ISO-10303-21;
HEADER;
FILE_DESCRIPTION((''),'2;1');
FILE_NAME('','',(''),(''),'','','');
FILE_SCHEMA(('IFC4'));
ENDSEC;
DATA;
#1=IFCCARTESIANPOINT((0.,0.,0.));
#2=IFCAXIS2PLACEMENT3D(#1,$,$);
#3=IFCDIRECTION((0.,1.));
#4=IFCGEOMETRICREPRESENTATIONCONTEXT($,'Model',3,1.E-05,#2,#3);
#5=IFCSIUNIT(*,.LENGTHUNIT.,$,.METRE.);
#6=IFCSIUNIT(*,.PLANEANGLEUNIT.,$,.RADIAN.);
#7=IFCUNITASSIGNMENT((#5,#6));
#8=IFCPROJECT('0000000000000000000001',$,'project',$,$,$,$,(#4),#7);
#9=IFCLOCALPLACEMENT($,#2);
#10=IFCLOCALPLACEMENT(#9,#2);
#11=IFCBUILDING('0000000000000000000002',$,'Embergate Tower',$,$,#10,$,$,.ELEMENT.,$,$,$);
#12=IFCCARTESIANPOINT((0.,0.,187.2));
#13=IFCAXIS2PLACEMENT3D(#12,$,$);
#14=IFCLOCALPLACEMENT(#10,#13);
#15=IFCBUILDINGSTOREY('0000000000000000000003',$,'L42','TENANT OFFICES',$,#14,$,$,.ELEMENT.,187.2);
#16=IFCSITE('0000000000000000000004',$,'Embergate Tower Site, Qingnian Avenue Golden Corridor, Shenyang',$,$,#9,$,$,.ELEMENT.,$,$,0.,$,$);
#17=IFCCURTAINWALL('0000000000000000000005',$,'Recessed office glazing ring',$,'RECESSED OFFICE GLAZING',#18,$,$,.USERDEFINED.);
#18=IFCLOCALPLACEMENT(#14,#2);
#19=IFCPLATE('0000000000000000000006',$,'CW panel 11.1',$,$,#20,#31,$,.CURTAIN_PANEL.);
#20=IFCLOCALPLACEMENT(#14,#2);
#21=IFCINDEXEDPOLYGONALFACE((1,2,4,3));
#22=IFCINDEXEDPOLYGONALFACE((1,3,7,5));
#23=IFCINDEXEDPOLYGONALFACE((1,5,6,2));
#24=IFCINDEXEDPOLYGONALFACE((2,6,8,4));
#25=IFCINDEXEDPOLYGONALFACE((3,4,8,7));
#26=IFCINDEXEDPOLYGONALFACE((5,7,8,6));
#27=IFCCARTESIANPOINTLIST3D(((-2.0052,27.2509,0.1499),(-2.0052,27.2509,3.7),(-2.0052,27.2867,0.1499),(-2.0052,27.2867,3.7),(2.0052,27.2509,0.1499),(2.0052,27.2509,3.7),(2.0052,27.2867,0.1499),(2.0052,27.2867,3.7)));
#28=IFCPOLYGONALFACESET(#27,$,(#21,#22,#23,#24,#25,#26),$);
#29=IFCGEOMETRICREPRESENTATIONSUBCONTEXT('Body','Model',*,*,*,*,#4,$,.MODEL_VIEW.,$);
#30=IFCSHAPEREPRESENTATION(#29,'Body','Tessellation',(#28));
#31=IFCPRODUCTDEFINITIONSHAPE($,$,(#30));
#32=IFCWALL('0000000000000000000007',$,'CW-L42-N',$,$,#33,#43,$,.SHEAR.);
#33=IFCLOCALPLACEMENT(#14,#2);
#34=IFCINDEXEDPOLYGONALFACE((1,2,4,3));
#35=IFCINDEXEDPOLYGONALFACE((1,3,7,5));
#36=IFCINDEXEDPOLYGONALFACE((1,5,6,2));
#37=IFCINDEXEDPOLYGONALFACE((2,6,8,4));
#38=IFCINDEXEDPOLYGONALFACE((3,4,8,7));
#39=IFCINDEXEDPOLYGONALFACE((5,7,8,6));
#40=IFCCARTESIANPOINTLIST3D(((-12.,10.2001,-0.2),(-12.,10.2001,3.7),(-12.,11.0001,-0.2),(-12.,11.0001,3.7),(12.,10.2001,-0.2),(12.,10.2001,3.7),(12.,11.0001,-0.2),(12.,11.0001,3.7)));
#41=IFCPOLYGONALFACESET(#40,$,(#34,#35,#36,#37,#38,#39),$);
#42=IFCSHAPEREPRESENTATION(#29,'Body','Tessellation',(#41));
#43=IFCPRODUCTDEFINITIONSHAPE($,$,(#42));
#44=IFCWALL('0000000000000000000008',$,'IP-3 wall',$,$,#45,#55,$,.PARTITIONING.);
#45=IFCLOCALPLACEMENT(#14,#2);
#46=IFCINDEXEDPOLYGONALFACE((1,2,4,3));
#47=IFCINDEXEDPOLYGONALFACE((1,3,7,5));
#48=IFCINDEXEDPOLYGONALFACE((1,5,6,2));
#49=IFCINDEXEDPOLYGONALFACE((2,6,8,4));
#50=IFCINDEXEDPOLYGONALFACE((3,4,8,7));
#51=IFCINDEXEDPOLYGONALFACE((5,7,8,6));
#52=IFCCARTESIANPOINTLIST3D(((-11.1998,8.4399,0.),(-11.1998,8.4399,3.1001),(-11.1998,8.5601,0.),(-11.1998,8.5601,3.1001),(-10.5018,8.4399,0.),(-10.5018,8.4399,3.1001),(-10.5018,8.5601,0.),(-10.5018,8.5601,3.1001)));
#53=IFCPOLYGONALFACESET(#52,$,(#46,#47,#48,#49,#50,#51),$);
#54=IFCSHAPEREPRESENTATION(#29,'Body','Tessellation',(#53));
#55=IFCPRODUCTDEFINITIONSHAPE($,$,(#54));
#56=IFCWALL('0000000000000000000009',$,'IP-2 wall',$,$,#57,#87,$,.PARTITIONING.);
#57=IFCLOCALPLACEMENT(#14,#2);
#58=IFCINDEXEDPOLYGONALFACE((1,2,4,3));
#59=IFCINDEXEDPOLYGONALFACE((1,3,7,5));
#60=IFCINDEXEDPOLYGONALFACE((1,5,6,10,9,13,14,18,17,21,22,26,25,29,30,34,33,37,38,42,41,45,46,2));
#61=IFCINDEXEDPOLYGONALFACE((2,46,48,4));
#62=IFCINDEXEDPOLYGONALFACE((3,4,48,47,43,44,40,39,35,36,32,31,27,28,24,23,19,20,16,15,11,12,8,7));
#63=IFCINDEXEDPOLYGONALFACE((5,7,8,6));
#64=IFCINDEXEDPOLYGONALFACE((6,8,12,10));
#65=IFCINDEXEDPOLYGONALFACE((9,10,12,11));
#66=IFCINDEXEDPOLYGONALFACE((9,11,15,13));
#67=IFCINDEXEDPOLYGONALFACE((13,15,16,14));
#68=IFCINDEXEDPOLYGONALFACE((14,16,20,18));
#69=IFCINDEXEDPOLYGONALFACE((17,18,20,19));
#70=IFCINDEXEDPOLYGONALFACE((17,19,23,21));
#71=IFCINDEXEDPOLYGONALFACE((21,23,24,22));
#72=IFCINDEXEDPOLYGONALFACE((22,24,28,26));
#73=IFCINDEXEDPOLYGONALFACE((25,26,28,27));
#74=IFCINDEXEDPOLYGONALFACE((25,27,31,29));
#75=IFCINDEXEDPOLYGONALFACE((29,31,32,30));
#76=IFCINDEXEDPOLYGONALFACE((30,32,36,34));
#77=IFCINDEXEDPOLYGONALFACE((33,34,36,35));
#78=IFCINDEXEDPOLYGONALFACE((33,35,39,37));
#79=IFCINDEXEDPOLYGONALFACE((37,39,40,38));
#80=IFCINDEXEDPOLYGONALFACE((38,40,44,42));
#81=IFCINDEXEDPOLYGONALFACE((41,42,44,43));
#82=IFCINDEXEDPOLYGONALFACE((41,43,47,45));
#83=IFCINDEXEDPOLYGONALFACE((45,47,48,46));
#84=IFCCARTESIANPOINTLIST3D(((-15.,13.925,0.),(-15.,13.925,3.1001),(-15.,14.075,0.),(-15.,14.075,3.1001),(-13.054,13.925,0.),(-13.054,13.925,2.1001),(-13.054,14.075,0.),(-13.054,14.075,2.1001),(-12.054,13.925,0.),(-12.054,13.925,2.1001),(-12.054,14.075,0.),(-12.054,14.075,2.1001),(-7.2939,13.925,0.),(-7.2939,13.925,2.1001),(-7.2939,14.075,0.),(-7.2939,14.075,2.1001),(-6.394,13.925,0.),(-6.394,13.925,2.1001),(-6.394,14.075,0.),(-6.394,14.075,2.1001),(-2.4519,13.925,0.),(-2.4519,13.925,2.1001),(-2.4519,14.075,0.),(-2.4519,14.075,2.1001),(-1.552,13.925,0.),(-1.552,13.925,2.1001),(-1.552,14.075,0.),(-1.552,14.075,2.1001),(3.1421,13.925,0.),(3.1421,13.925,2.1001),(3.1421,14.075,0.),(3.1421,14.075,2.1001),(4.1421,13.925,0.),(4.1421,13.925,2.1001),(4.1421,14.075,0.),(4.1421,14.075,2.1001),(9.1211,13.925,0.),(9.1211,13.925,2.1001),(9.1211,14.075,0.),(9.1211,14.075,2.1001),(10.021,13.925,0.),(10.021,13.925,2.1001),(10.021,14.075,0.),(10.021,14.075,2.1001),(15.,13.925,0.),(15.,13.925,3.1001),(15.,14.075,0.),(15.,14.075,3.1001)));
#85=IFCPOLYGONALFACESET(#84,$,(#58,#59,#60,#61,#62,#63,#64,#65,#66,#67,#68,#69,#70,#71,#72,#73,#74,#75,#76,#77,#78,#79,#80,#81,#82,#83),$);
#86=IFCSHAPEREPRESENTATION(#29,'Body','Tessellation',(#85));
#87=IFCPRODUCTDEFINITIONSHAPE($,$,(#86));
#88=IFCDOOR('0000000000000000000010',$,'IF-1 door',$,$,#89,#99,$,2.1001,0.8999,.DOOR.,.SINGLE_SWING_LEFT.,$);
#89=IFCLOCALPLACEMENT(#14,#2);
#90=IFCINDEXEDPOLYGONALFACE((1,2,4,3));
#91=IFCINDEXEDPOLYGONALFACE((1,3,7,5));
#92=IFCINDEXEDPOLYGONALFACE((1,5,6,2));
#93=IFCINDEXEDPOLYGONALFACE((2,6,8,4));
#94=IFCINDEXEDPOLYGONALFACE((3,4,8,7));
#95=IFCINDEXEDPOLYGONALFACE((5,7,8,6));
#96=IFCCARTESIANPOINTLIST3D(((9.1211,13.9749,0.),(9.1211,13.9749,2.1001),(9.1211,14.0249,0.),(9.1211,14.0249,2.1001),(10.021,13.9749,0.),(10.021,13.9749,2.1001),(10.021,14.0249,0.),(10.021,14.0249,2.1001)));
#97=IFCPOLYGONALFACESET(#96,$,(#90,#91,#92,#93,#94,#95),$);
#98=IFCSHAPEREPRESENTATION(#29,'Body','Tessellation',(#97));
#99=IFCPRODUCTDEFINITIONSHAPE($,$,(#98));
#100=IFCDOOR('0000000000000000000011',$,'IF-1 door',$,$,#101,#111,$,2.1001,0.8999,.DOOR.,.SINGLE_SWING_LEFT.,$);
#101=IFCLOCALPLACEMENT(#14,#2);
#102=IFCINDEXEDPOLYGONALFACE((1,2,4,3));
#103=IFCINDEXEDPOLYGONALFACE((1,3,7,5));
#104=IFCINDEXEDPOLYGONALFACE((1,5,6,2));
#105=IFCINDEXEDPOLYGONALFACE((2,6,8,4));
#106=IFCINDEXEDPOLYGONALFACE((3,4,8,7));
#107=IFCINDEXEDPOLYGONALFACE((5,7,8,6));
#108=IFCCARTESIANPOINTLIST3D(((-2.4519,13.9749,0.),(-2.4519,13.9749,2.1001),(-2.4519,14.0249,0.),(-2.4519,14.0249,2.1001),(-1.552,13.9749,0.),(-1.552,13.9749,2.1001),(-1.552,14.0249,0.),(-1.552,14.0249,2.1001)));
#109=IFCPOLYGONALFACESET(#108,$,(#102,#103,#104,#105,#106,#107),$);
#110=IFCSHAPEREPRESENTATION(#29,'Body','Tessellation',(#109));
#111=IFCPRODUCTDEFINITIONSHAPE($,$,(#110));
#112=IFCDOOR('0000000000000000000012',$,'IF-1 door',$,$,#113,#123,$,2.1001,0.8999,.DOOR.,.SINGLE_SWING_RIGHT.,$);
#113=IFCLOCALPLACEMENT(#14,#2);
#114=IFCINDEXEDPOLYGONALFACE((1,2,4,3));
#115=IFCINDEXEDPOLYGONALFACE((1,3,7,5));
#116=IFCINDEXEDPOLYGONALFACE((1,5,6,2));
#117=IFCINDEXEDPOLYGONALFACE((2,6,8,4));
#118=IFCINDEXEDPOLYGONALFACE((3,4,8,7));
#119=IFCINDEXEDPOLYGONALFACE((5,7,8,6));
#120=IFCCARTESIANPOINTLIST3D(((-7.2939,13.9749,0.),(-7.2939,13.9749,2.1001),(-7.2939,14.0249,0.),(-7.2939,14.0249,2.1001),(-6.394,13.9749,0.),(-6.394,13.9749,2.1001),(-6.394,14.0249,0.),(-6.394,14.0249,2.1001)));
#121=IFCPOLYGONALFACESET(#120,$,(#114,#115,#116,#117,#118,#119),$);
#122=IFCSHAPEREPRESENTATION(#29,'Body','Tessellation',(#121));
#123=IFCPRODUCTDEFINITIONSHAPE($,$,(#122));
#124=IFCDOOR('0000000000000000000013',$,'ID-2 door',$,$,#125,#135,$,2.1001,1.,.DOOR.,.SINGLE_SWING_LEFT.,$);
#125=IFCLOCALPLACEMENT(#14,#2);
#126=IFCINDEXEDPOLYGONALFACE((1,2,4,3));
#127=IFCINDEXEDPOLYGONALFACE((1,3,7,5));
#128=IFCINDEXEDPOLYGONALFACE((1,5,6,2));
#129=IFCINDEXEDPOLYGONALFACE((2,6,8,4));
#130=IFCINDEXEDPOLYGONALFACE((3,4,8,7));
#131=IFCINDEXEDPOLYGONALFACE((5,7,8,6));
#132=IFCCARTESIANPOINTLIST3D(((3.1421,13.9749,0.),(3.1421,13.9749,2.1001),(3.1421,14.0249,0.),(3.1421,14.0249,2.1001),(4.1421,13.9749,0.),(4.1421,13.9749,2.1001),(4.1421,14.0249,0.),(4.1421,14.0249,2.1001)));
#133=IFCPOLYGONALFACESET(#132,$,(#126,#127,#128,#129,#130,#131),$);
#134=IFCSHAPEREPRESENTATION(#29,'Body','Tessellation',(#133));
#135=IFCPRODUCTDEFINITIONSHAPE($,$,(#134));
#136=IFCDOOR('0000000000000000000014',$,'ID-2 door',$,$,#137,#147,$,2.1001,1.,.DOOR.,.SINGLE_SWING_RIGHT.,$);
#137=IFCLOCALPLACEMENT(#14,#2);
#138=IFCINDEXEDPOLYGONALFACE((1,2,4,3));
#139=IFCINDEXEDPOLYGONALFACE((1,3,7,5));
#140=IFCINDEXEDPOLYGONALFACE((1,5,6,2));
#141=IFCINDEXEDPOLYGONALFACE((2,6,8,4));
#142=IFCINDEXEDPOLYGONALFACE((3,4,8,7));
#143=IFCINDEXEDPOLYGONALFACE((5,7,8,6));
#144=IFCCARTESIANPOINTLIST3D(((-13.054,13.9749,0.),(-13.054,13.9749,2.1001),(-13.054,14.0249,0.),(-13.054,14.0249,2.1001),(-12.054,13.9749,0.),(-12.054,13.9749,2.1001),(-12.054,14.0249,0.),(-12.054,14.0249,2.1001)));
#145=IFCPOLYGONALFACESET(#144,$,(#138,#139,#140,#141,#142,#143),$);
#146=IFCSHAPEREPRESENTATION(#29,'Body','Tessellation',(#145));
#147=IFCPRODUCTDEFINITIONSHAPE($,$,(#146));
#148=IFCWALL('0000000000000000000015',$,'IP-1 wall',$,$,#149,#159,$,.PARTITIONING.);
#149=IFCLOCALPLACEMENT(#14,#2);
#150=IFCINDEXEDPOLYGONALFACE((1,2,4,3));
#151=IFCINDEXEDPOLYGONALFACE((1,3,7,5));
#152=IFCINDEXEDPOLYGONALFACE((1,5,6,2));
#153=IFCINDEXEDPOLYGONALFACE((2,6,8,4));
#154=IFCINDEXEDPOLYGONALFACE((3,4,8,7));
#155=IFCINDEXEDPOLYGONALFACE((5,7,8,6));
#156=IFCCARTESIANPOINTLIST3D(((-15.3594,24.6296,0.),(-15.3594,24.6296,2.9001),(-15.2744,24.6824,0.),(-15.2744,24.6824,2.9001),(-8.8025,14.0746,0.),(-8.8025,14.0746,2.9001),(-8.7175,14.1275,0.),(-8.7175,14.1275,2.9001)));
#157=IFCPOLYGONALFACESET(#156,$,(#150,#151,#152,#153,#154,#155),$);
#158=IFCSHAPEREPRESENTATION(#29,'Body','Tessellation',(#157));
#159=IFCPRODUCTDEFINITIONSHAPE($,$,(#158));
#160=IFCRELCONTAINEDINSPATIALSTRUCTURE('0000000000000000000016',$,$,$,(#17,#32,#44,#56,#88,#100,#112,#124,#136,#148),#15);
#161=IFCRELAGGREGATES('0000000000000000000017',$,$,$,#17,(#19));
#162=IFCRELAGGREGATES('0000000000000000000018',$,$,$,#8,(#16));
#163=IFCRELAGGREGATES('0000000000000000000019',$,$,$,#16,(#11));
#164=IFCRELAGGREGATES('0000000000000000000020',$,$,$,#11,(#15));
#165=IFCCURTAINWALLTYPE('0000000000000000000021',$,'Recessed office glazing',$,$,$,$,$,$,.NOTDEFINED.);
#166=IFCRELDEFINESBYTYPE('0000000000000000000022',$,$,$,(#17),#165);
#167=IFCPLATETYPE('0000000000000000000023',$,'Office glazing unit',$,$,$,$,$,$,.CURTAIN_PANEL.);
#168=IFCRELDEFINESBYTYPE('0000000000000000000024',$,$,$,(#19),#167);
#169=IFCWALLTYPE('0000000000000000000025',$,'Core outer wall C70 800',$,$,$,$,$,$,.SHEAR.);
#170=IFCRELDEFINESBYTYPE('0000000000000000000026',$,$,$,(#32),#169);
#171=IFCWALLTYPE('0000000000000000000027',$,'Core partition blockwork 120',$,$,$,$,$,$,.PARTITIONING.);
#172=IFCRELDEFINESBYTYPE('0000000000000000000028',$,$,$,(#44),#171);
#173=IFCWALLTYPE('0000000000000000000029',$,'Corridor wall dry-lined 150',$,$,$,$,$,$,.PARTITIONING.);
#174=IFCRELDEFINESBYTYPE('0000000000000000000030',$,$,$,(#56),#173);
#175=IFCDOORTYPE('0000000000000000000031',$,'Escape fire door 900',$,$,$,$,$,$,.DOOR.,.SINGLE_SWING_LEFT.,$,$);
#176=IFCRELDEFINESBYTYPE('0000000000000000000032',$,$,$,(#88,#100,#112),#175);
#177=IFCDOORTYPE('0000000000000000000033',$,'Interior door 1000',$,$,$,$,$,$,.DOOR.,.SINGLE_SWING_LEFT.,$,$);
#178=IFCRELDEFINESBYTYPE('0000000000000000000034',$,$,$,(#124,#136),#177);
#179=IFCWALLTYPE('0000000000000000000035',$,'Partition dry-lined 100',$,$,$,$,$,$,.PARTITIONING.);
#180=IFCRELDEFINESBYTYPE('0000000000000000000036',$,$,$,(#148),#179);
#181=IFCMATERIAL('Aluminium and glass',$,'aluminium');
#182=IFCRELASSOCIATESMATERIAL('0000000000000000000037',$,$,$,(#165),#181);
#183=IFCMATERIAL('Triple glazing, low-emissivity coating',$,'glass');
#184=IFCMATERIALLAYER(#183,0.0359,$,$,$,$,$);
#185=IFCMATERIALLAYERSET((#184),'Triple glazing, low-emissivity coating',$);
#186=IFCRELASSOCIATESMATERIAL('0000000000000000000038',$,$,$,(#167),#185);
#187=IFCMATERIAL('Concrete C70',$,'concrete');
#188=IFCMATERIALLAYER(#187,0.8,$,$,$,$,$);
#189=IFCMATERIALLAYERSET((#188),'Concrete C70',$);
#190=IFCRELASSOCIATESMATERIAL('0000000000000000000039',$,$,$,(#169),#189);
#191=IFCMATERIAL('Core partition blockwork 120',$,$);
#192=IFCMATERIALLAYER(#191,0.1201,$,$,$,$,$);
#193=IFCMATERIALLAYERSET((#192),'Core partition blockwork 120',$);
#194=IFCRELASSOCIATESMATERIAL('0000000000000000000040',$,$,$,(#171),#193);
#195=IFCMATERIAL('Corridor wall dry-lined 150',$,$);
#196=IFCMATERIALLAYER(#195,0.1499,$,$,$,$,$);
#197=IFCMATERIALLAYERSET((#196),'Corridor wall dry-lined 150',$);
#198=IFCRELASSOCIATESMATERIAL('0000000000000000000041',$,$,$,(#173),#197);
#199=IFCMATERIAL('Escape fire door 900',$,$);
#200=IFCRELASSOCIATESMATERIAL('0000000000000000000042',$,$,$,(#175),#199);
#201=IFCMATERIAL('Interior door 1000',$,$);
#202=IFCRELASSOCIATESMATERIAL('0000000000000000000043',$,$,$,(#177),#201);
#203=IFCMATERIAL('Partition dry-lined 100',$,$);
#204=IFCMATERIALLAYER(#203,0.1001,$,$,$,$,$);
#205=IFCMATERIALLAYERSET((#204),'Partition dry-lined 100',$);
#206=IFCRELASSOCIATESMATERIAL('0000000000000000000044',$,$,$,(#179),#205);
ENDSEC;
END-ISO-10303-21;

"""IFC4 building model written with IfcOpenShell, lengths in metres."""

from ifc_helpers import new_model, si_unit, direction, frame, frame_2d, origin, origin_2d, place, context, subcontext, project, spatial, rectangle, extrude, source, transform, mapped, material, layer, layer_set, type_object, element, fill, aggregate, save


model = new_model("IFC4")

# Units and contexts
model_context = context("Model", 3, precision=1e-05, world=origin(), true_north=direction((0.0, 1.0)))
body_context = subcontext(model_context, "Body", "Model", "MODEL_VIEW")
ifc_project = project(units=[si_unit("LENGTHUNIT", "METRE"), si_unit("PLANEANGLEUNIT", "RADIAN")], contexts=[model_context])

# Site, building, storey
site_placement = place(None, origin())
site = spatial("IfcSite", under=ifc_project, at=site_placement, Name="Embergate Tower Site, Qingnian Avenue Golden Corridor, Shenyang", CompositionType="ELEMENT", RefElevation=0.0)
building_placement = place(site_placement, origin())
building = spatial("IfcBuilding", under=site, at=building_placement, Name="Embergate Tower", CompositionType="ELEMENT")
storey_placement = place(building_placement, frame((0.0, 0.0, 187.2)))
storey = spatial("IfcBuildingStorey", under=building, at=storey_placement, Name="L42", Description="TENANT OFFICES", CompositionType="ELEMENT", Elevation=187.2)

# Shared definitions
ifc_material_1 = material(Name="Concrete C70", Category="concrete")

# Curtain wall, plate
ifc_material_2 = material(Name="Aluminium and glass", Category="aluminium")
curtain_wall_type = type_object("IfcCurtainWallType", Name="Recessed office glazing", PredefinedType="NOTDEFINED", material=ifc_material_2)
curtain_wall_placement = place(storey_placement, origin())
curtain_wall = element("IfcCurtainWall", 1, at=curtain_wall_placement, inside=storey, type_object=curtain_wall_type, Name="Recessed office glazing ring", ObjectType="RECESSED OFFICE GLAZING", PredefinedType="USERDEFINED")
ifc_material_3 = material(Name="Triple glazing, low-emissivity coating", Category="glass")
ifc_layer_1 = layer(ifc_material_3, 0.0359)
ifc_layer_set_1 = layer_set([ifc_layer_1], Name="Triple glazing, low-emissivity coating")
plate_type = type_object("IfcPlateType", Name="Office glazing unit", PredefinedType="CURTAIN_PANEL", material=ifc_layer_set_1)
shared_shape_1 = source(origin(), body_context, "Body", "SweptSolid", [
    extrude(rectangle(XDim=4.0105, YDim=0.0359, at=origin_2d()), origin(), (0.0, 0.0, 1.0), 3.55),
])
plate_1_placement = place(storey_placement, frame((0.0, 27.2688, 0.1499), z_axis=(0.0, 0.0, 1.0), x_axis=(-1.0, 0.0, 0.0)))
plate_1 = element("IfcPlate", 2, at=plate_1_placement, type_object=plate_type, Name="CW panel 11.1", PredefinedType="CURTAIN_PANEL", context=body_context, shape_type="MappedRepresentation", body=[
    mapped(shared_shape_1, transform((0.0, 0.0, 0.0))),
])
aggregate(curtain_wall, [plate_1])

# Walls
ifc_layer_2 = layer(ifc_material_1, 0.8)
ifc_layer_set_2 = layer_set([ifc_layer_2], Name="Concrete C70")
wall_type_1 = type_object("IfcWallType", Name="Core outer wall C70 800", PredefinedType="SHEAR", material=ifc_layer_set_2)
shared_shape_2 = source(origin(), body_context, "Body", "SweptSolid", [
    extrude(rectangle(XDim=24.0, YDim=0.8, at=frame_2d((12.0, 0.0))), origin(), (0.0, 0.0, 1.0), 3.8999),
])
wall_1_placement = place(storey_placement, frame((-12.0, 10.6001, -0.2), z_axis=(0.0, 0.0, 1.0), x_axis=(1.0, 0.0, 0.0)))
element("IfcWall", 3, at=wall_1_placement, inside=storey, type_object=wall_type_1, Name="CW-L42-N", PredefinedType="SHEAR", context=body_context, shape_type="MappedRepresentation", body=[
    mapped(shared_shape_2, transform((0.0, 0.0, 0.0))),
])
ifc_material_4 = material(Name="Core partition blockwork 120")
ifc_layer_3 = layer(ifc_material_4, 0.1201)
ifc_layer_set_3 = layer_set([ifc_layer_3], Name="Core partition blockwork 120")
wall_type_2 = type_object("IfcWallType", Name="Core partition blockwork 120", PredefinedType="PARTITIONING", material=ifc_layer_set_3)
shared_shape_3 = source(origin(), body_context, "Body", "SweptSolid", [
    extrude(rectangle(XDim=0.698, YDim=0.1201, at=frame_2d((0.3491, 0.0))), origin(), (0.0, 0.0, 1.0), 3.1001),
])
wall_2_placement = place(storey_placement, frame((-11.2, 8.5, 0.0), z_axis=(0.0, 0.0, 1.0), x_axis=(1.0, 0.0, 0.0)))
element("IfcWall", 4, at=wall_2_placement, inside=storey, type_object=wall_type_2, Name="IP-3 wall", PredefinedType="PARTITIONING", context=body_context, shape_type="MappedRepresentation", body=[
    mapped(shared_shape_3, transform((0.0, 0.0, 0.0))),
])

# Wall, openings, doors
ifc_material_5 = material(Name="Corridor wall dry-lined 150")
ifc_layer_4 = layer(ifc_material_5, 0.1499)
ifc_layer_set_4 = layer_set([ifc_layer_4], Name="Corridor wall dry-lined 150")
wall_type_3 = type_object("IfcWallType", Name="Corridor wall dry-lined 150", PredefinedType="PARTITIONING", material=ifc_layer_set_4)
shared_shape_4 = source(origin(), body_context, "Body", "SweptSolid", [
    extrude(rectangle(XDim=30.0, YDim=0.1499, at=frame_2d((15.0, 0.0))), origin(), (0.0, 0.0, 1.0), 3.1001),
])
wall_3_placement = place(storey_placement, frame((-15.0, 14.0, 0.0), z_axis=(0.0, 0.0, 1.0), x_axis=(1.0, 0.0, 0.0)))
wall_3 = element("IfcWall", 5, at=wall_3_placement, inside=storey, type_object=wall_type_3, Name="IP-2 wall", PredefinedType="PARTITIONING", context=body_context, shape_type="MappedRepresentation", body=[
    mapped(shared_shape_4, transform((0.0, 0.0, 0.0))),
])
shared_shape_5 = source(origin(), body_context, "Body", "SweptSolid", [
    extrude(rectangle(XDim=0.8999, YDim=2.1001, at=frame_2d((0.45, 1.05))), frame((0.0, 0.085, 0.0), z_axis=(0.0, -1.0, 0.0), x_axis=(1.0, 0.0, 0.0)), (0.0, 0.0, 1.0), 0.1699),
])
opening_1_placement = place(wall_3_placement, frame((24.1211, 0.0, 0.0)))
opening_1 = element("IfcOpeningElement", 6, at=opening_1_placement, cuts=wall_3, PredefinedType="OPENING", context=body_context, shape_type="MappedRepresentation", body=[
    mapped(shared_shape_5, transform((0.0, 0.0, 0.0))),
])
shared_shape_6 = source(origin(), body_context, "Body", "SweptSolid", [
    extrude(rectangle(XDim=1.0, YDim=2.1001, at=frame_2d((0.5, 1.05))), frame((0.0, 0.085, 0.0), z_axis=(0.0, -1.0, 0.0), x_axis=(1.0, 0.0, 0.0)), (0.0, 0.0, 1.0), 0.1699),
])
opening_2_placement = place(wall_3_placement, frame((18.1421, 0.0, 0.0)))
opening_2 = element("IfcOpeningElement", 7, at=opening_2_placement, cuts=wall_3, PredefinedType="OPENING", context=body_context, shape_type="MappedRepresentation", body=[
    mapped(shared_shape_6, transform((0.0, 0.0, 0.0))),
])
opening_3_placement = place(wall_3_placement, frame((12.5481, 0.0, 0.0)))
opening_3 = element("IfcOpeningElement", 8, at=opening_3_placement, cuts=wall_3, PredefinedType="OPENING", context=body_context, shape_type="MappedRepresentation", body=[
    mapped(shared_shape_5, transform((0.0, 0.0, 0.0))),
])
opening_4_placement = place(wall_3_placement, frame((7.7061, 0.0, 0.0)))
opening_4 = element("IfcOpeningElement", 9, at=opening_4_placement, cuts=wall_3, PredefinedType="OPENING", context=body_context, shape_type="MappedRepresentation", body=[
    mapped(shared_shape_5, transform((0.0, 0.0, 0.0))),
])
opening_5_placement = place(wall_3_placement, frame((1.946, 0.0, 0.0)))
opening_5 = element("IfcOpeningElement", 10, at=opening_5_placement, cuts=wall_3, PredefinedType="OPENING", context=body_context, shape_type="MappedRepresentation", body=[
    mapped(shared_shape_6, transform((0.0, 0.0, 0.0))),
])
ifc_material_6 = material(Name="Escape fire door 900")
door_type_1 = type_object("IfcDoorType", Name="Escape fire door 900", OperationType="SINGLE_SWING_LEFT", PredefinedType="DOOR", material=ifc_material_6)
shared_shape_7 = source(origin(), body_context, "Body", "SweptSolid", [
    extrude(rectangle(XDim=0.8999, YDim=2.1001, at=frame_2d((0.45, 1.05))), frame((0.0, 0.0249, 0.0), z_axis=(0.0, -1.0, 0.0), x_axis=(1.0, 0.0, 0.0)), (0.0, 0.0, 1.0), 0.05),
])
door_1_placement = place(opening_1_placement, origin())
door_1 = element("IfcDoor", 11, at=door_1_placement, inside=storey, type_object=door_type_1, Name="IF-1 door", OperationType="SINGLE_SWING_LEFT", OverallHeight=2.1001, OverallWidth=0.8999, PredefinedType="DOOR", context=body_context, shape_type="MappedRepresentation", body=[
    mapped(shared_shape_7, transform((0.0, 0.0, 0.0))),
])
fill(opening_1, door_1)
door_2_placement = place(opening_3_placement, origin())
door_2 = element("IfcDoor", 12, at=door_2_placement, inside=storey, type_object=door_type_1, Name="IF-1 door", OperationType="SINGLE_SWING_LEFT", OverallHeight=2.1001, OverallWidth=0.8999, PredefinedType="DOOR", context=body_context, shape_type="MappedRepresentation", body=[
    mapped(shared_shape_7, transform((0.0, 0.0, 0.0))),
])
fill(opening_3, door_2)
door_3_placement = place(opening_4_placement, origin())
door_3 = element("IfcDoor", 13, at=door_3_placement, inside=storey, type_object=door_type_1, Name="IF-1 door", OperationType="SINGLE_SWING_RIGHT", OverallHeight=2.1001, OverallWidth=0.8999, PredefinedType="DOOR", context=body_context, shape_type="MappedRepresentation", body=[
    mapped(shared_shape_7, transform((0.0, 0.0, 0.0))),
])
fill(opening_4, door_3)
ifc_material_7 = material(Name="Interior door 1000")
door_type_2 = type_object("IfcDoorType", Name="Interior door 1000", OperationType="SINGLE_SWING_LEFT", PredefinedType="DOOR", material=ifc_material_7)
shared_shape_8 = source(origin(), body_context, "Body", "SweptSolid", [
    extrude(rectangle(XDim=1.0, YDim=2.1001, at=frame_2d((0.5, 1.05))), frame((0.0, 0.0249, 0.0), z_axis=(0.0, -1.0, 0.0), x_axis=(1.0, 0.0, 0.0)), (0.0, 0.0, 1.0), 0.05),
])
door_4_placement = place(opening_2_placement, origin())
door_4 = element("IfcDoor", 14, at=door_4_placement, inside=storey, type_object=door_type_2, Name="ID-2 door", OperationType="SINGLE_SWING_LEFT", OverallHeight=2.1001, OverallWidth=1.0, PredefinedType="DOOR", context=body_context, shape_type="MappedRepresentation", body=[
    mapped(shared_shape_8, transform((0.0, 0.0, 0.0))),
])
fill(opening_2, door_4)
door_5_placement = place(opening_5_placement, origin())
door_5 = element("IfcDoor", 15, at=door_5_placement, inside=storey, type_object=door_type_2, Name="ID-2 door", OperationType="SINGLE_SWING_RIGHT", OverallHeight=2.1001, OverallWidth=1.0, PredefinedType="DOOR", context=body_context, shape_type="MappedRepresentation", body=[
    mapped(shared_shape_8, transform((0.0, 0.0, 0.0))),
])
fill(opening_5, door_5)

# Wall
ifc_material_8 = material(Name="Partition dry-lined 100")
ifc_layer_5 = layer(ifc_material_8, 0.1001)
ifc_layer_set_5 = layer_set([ifc_layer_5], Name="Partition dry-lined 100")
wall_type_4 = type_object("IfcWallType", Name="Partition dry-lined 100", PredefinedType="PARTITIONING", material=ifc_layer_set_5)
shared_shape_9 = source(origin(), body_context, "Body", "SweptSolid", [
    extrude(rectangle(XDim=12.4258, YDim=0.1001, at=frame_2d((6.2129, 0.0))), origin(), (0.0, 0.0, 1.0), 2.9001),
])
wall_4_placement = place(storey_placement, frame((-15.3169, 24.656, 0.0), z_axis=(0.0, 0.0, 1.0), x_axis=(0.527685, -0.84944, 0.0)))
element("IfcWall", 16, at=wall_4_placement, inside=storey, type_object=wall_type_4, Name="IP-1 wall", PredefinedType="PARTITIONING", context=body_context, shape_type="MappedRepresentation", body=[
    mapped(shared_shape_9, transform((0.0, 0.0, 0.0))),
])

save(model, "model.ifc")
